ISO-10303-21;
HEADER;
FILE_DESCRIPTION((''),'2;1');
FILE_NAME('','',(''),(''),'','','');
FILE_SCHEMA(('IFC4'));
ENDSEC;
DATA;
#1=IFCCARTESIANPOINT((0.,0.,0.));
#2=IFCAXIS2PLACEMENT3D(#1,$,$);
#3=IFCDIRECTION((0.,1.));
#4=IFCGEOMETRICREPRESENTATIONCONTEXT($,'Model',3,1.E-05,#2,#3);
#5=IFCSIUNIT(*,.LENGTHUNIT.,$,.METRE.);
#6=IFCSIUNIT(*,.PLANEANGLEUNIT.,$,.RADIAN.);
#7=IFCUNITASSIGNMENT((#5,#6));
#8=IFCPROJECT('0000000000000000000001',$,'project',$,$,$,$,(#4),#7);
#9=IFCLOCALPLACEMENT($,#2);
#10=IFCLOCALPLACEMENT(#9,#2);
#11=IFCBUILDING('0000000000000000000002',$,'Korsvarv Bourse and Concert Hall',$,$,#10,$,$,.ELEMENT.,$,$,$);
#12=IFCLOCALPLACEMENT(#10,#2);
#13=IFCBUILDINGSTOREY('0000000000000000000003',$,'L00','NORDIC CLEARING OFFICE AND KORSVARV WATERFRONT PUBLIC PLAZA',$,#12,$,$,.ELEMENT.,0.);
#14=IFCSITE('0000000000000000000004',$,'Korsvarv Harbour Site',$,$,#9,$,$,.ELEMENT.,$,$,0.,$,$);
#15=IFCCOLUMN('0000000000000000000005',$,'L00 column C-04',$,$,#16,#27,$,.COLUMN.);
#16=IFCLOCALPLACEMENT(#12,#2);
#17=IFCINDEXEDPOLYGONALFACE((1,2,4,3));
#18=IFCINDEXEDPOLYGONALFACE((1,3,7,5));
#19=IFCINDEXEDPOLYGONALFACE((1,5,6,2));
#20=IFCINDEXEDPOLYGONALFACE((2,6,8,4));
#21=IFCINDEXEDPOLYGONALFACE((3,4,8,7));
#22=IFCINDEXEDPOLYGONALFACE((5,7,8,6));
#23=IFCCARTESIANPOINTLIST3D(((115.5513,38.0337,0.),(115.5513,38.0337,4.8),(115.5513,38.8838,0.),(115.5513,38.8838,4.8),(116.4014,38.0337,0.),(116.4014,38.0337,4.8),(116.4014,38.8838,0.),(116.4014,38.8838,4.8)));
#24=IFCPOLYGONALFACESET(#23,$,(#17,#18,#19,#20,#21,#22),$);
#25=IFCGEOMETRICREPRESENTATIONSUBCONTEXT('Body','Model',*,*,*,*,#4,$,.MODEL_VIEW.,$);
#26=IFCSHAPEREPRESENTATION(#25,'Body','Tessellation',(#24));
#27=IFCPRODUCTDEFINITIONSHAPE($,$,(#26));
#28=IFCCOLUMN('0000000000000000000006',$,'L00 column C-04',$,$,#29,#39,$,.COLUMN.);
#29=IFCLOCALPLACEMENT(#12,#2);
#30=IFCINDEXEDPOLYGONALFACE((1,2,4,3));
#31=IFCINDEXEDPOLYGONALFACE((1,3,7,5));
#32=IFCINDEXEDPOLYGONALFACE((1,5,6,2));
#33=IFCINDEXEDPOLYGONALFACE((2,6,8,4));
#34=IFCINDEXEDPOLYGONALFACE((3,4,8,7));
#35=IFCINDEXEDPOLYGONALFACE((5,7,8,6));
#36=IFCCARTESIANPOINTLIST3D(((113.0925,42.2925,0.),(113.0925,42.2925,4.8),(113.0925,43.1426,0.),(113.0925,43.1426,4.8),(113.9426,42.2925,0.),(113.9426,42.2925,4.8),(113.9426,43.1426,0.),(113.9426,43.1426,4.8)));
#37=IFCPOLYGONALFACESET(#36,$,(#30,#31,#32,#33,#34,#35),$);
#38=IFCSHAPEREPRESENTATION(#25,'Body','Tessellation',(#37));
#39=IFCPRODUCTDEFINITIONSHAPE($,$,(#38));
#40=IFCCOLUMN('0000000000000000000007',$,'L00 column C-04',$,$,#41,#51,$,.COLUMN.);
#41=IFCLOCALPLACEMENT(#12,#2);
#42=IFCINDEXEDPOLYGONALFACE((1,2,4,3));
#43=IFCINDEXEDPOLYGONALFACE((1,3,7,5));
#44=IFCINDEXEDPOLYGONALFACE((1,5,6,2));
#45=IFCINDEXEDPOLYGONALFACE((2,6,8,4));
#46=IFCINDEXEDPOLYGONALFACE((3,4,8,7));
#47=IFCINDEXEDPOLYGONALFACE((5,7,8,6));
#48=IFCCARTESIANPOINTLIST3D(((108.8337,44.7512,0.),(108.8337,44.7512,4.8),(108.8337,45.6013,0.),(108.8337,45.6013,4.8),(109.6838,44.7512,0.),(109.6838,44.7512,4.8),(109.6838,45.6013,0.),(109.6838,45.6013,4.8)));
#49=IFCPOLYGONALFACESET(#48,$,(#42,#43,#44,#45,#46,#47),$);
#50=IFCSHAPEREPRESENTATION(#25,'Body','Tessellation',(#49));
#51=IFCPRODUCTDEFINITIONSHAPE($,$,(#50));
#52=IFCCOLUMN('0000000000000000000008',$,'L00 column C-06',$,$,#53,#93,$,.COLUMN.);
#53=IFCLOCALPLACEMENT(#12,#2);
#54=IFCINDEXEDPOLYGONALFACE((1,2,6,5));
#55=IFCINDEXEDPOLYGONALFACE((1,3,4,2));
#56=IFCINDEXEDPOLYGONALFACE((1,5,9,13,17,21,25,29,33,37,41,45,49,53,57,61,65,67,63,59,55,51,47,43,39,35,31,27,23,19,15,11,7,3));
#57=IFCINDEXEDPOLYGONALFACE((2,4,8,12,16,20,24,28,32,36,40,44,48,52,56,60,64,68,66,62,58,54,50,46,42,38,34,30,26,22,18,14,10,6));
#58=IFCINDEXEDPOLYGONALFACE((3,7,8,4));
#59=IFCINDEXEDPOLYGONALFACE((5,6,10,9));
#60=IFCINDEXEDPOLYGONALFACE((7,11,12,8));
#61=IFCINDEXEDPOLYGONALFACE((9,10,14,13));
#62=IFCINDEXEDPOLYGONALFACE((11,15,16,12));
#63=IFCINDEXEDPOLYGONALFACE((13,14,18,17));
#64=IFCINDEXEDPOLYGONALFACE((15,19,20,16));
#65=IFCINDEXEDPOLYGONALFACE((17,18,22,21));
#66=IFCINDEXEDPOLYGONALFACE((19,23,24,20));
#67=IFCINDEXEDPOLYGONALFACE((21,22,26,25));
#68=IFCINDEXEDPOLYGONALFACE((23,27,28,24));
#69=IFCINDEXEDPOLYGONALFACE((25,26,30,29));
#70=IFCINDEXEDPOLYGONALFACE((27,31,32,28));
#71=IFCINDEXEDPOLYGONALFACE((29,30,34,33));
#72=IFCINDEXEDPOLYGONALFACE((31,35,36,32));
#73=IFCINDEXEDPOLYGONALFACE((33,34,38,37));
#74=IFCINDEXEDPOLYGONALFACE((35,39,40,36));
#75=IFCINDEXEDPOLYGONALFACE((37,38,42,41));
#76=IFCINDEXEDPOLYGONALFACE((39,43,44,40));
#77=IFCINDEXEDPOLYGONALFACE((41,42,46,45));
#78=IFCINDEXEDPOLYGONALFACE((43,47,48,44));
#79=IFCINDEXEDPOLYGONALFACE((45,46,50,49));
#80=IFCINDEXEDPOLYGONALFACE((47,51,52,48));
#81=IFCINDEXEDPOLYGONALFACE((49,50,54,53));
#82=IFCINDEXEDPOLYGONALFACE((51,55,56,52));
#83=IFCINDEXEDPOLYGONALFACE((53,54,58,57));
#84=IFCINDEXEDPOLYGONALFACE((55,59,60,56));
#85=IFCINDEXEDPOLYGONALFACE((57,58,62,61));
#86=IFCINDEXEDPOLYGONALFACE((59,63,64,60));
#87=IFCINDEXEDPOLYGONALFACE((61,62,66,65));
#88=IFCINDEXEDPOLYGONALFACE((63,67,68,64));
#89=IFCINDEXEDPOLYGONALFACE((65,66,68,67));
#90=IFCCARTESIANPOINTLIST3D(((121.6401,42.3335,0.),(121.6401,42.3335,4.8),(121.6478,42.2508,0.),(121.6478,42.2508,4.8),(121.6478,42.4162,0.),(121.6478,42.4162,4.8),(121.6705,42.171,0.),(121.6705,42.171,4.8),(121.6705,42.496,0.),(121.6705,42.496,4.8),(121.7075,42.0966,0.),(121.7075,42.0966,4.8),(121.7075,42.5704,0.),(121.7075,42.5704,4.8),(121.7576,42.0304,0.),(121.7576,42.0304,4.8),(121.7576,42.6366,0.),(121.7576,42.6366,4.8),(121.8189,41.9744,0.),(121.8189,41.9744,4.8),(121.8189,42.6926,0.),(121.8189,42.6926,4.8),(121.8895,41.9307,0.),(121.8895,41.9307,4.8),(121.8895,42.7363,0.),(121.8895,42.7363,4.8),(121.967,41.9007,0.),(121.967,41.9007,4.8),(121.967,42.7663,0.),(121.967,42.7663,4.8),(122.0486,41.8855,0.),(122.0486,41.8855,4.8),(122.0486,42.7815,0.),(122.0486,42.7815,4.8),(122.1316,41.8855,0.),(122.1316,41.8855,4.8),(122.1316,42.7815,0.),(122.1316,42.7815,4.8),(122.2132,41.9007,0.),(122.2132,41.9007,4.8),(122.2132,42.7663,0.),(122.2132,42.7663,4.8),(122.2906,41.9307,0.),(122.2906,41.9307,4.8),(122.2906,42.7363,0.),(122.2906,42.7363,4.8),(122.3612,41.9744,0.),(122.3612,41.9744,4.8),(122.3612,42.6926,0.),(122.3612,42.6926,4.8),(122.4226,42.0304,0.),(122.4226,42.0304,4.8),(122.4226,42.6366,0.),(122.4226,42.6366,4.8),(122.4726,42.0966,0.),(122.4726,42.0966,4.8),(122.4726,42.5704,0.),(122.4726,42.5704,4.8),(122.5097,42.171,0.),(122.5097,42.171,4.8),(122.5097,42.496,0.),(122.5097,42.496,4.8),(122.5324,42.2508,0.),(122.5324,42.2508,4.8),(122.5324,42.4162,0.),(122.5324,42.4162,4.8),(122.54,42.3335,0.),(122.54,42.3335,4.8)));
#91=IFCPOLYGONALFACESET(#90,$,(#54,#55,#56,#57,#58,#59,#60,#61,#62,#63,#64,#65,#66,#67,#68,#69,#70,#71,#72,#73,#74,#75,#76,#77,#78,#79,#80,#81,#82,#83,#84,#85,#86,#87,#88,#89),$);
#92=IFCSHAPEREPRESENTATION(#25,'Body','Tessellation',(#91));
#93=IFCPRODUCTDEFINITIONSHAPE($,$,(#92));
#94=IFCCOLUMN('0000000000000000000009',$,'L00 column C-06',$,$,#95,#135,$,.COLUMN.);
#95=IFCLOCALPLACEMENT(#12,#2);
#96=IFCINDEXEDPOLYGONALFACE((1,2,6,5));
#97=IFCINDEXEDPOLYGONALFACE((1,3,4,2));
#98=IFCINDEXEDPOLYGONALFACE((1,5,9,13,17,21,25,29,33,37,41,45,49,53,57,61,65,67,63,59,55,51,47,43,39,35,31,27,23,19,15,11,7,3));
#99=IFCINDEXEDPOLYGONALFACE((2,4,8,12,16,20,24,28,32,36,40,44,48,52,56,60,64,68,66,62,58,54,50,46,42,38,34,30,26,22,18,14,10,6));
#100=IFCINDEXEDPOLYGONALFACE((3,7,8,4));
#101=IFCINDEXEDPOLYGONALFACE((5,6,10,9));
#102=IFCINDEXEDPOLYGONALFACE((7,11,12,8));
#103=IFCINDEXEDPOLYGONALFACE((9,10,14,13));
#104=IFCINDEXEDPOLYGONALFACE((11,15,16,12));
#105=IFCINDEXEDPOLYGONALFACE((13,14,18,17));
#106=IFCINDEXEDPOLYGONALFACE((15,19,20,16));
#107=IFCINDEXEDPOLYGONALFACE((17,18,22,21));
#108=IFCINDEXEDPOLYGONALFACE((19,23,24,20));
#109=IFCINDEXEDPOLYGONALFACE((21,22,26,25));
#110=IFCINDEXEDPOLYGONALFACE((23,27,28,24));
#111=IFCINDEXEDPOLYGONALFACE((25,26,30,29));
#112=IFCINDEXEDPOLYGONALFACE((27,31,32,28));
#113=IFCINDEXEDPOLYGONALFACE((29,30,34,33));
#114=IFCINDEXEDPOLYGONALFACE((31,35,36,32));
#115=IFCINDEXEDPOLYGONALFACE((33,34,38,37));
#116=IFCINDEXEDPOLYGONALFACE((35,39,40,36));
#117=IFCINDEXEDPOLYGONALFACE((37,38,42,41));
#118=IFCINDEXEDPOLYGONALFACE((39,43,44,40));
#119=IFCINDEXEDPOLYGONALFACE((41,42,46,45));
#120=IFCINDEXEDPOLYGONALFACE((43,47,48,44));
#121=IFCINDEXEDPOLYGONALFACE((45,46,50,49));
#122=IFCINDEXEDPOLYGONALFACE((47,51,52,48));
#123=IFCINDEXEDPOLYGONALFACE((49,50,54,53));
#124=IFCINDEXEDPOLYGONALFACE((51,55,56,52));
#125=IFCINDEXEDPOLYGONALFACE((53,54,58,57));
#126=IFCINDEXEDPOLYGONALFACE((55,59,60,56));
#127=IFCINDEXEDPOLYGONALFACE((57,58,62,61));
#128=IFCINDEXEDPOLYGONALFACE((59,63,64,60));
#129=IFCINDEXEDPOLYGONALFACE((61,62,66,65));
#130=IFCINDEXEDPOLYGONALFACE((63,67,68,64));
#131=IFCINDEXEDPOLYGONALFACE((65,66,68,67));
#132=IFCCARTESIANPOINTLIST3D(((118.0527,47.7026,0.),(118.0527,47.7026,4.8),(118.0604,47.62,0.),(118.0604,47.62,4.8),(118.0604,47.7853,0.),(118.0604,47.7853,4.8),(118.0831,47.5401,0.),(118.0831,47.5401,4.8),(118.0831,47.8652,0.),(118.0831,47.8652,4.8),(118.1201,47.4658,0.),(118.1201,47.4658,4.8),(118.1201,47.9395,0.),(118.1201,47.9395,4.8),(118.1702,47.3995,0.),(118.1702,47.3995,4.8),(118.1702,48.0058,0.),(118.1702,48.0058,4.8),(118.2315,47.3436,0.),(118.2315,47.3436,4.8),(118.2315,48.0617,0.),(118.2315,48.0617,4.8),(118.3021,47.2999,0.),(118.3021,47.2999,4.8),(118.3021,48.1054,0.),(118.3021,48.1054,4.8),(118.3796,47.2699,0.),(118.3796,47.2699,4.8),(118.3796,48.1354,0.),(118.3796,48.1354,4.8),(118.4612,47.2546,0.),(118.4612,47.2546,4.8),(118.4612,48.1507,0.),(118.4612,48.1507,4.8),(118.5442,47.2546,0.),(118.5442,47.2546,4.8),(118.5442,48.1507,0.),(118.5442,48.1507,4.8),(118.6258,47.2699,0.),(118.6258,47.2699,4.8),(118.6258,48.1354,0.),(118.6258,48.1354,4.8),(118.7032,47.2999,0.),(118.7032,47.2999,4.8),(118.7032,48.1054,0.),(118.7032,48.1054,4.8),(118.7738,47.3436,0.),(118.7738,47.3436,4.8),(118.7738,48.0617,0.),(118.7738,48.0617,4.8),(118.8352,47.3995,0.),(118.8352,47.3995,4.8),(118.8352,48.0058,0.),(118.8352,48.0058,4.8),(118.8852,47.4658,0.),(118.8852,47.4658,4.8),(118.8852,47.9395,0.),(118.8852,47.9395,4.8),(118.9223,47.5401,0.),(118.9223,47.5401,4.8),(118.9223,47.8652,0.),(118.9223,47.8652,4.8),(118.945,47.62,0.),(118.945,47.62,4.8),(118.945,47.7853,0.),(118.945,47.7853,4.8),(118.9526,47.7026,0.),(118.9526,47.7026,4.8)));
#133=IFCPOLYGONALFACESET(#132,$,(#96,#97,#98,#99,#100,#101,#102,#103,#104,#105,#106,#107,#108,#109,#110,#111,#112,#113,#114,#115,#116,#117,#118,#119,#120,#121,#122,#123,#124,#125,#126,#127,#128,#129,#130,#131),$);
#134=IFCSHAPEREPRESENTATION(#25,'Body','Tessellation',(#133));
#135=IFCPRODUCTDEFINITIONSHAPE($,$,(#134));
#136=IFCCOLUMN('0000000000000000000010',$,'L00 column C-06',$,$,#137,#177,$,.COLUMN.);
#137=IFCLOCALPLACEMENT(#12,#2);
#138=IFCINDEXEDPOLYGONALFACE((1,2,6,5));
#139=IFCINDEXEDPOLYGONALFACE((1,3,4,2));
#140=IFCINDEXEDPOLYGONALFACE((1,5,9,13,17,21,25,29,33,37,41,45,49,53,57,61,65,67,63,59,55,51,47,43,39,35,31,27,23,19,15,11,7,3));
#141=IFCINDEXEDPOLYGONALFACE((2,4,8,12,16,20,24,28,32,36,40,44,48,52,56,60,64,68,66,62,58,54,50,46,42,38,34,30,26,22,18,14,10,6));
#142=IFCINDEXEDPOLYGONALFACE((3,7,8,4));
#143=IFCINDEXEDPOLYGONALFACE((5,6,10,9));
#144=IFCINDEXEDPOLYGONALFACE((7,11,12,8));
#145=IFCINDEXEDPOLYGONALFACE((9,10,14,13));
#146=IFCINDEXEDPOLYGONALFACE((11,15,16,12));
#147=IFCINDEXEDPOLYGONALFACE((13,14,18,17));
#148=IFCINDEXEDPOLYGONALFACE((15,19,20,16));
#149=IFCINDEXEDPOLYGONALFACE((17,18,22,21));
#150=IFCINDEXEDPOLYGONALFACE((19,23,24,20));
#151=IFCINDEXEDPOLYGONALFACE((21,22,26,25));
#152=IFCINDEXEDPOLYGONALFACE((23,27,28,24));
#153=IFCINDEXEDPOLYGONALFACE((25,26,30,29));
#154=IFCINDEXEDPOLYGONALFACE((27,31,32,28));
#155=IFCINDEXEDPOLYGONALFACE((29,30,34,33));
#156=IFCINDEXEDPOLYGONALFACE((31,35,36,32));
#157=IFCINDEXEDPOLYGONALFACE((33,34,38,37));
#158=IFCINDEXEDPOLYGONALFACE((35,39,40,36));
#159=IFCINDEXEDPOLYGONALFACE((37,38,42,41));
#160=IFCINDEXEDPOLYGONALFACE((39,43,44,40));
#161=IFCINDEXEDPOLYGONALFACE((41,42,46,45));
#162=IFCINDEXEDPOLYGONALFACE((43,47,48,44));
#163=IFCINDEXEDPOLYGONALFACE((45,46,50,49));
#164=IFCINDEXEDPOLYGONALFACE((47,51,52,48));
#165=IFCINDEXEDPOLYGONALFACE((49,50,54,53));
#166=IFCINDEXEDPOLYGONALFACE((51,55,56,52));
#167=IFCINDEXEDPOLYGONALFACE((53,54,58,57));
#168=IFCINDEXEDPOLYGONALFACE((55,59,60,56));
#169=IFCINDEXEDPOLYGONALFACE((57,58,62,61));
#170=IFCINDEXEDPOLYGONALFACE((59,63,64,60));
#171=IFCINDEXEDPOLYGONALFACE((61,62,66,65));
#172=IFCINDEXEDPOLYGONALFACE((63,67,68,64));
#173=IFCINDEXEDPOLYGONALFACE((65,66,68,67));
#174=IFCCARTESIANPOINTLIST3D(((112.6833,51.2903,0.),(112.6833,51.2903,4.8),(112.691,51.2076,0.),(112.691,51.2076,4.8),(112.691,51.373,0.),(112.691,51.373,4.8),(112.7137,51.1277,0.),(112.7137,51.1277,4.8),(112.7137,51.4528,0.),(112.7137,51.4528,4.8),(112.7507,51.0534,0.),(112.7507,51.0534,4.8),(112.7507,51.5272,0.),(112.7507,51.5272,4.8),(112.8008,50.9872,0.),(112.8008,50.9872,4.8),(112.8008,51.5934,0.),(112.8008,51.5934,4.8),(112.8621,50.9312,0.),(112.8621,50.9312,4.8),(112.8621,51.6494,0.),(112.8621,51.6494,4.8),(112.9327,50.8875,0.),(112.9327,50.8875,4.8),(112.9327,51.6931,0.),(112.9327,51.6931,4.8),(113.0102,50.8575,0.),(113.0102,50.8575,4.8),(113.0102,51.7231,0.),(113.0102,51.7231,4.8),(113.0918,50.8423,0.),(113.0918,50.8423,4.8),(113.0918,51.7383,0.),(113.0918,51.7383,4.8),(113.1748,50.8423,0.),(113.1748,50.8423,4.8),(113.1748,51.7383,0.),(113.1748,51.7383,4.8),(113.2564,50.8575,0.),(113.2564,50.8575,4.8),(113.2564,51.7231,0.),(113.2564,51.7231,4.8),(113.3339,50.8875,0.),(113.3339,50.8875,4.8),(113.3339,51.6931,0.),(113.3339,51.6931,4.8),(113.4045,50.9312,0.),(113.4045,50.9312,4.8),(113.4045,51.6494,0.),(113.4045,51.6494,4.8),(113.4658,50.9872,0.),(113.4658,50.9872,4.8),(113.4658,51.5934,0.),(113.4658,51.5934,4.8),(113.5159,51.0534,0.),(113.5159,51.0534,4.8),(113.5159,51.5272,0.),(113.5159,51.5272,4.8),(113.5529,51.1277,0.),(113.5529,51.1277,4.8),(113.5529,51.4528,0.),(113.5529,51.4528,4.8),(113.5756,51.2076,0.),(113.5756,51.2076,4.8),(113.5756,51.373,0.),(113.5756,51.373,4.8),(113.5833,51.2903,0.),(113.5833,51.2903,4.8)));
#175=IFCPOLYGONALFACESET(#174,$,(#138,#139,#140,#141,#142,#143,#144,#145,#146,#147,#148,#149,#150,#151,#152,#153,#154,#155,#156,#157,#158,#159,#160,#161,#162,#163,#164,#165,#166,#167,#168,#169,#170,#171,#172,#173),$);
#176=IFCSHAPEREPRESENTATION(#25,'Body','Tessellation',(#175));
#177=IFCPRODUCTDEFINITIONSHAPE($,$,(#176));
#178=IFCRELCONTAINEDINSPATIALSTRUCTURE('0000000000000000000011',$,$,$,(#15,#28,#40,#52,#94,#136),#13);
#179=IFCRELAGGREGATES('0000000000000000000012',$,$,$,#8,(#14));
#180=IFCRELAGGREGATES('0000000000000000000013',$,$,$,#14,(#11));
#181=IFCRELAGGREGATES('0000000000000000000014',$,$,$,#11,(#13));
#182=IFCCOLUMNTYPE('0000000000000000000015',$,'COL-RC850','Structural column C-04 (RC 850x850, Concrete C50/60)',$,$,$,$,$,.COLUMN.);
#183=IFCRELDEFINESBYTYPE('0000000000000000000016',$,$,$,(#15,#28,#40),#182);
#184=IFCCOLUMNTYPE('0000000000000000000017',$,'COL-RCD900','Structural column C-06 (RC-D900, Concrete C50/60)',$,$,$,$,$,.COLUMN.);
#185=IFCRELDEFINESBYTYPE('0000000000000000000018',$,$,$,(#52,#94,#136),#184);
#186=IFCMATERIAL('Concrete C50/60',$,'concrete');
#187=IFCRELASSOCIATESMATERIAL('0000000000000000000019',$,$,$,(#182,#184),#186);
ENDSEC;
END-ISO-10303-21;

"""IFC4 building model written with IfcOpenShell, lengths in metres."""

from ifc_helpers import new_model, si_unit, direction, frame, origin, origin_2d, place, context, subcontext, project, spatial, rectangle, circle, extrude, source, transform, mapped, material, material_profile, profile_set, type_object, element, save


model = new_model("IFC4")

# Units and contexts
model_context = context("Model", 3, precision=1e-05, world=origin(), true_north=direction((0.0, 1.0)))
body_context = subcontext(model_context, "Body", "Model", "MODEL_VIEW")
ifc_project = project(units=[si_unit("LENGTHUNIT", "METRE"), si_unit("PLANEANGLEUNIT", "RADIAN")], contexts=[model_context])

# Site, building, storey
site_placement = place(None, origin())
site = spatial("IfcSite", under=ifc_project, at=site_placement, Name="Korsvarv Harbour Site", CompositionType="ELEMENT", RefElevation=0.0)
building_placement = place(site_placement, origin())
building = spatial("IfcBuilding", under=site, at=building_placement, Name="Korsvarv Bourse and Concert Hall", CompositionType="ELEMENT")
storey_placement = place(building_placement, origin())
storey = spatial("IfcBuildingStorey", under=building, at=storey_placement, Name="L00", Description="NORDIC CLEARING OFFICE AND KORSVARV WATERFRONT PUBLIC PLAZA", CompositionType="ELEMENT", Elevation=0.0)

# Columns
ifc_material_1 = material(Name="Concrete C50/60", Category="concrete")
ifc_material_profile_1 = material_profile(ifc_material_1, rectangle(XDim=0.8501, YDim=0.8501, at=origin_2d()), Name="RC 850x850")
ifc_profile_set_1 = profile_set([ifc_material_profile_1], Name="Concrete C50/60")
column_type_1 = type_object("IfcColumnType", Name="COL-RC850", Description="Structural column C-04 (RC 850x850, Concrete C50/60)", PredefinedType="COLUMN", material=ifc_profile_set_1)
shared_shape_1 = source(origin(), body_context, "Body", "SweptSolid", [
    extrude(rectangle(XDim=0.8501, YDim=0.8501, at=origin_2d()), origin(), (0.0, 0.0, 1.0), 4.8),
])
for number, where, z_axis, x_axis, name in (
    (1, (115.9763, 38.4587, 0.0), (0.0, 0.0, 1.0), (1.0, 0.0, 0.0), "L00 column C-04"),
    (2, (113.5176, 42.7175, 0.0), (0.0, 0.0, 1.0), (1.0, 0.0, 0.0), "L00 column C-04"),
    (3, (109.2588, 45.1763, 0.0), (0.0, 0.0, 1.0), (1.0, 0.0, 0.0), "L00 column C-04"),
):
    element("IfcColumn", number, at=place(storey_placement, frame(where, z_axis=z_axis, x_axis=x_axis)), inside=storey, type_object=column_type_1, Name=name, PredefinedType="COLUMN", context=body_context, shape_type="MappedRepresentation", body=[
        mapped(shared_shape_1, transform((0.0, 0.0, 0.0), scale=1.0)),
    ])
ifc_material_profile_2 = material_profile(ifc_material_1, circle(Radius=0.45, at=origin_2d()), Name="RC-D900")
ifc_profile_set_2 = profile_set([ifc_material_profile_2], Name="Concrete C50/60")
column_type_2 = type_object("IfcColumnType", Name="COL-RCD900", Description="Structural column C-06 (RC-D900, Concrete C50/60)", PredefinedType="COLUMN", material=ifc_profile_set_2)
shared_shape_2 = source(origin(), body_context, "Body", "SweptSolid", [
    extrude(circle(Radius=0.45, at=origin_2d()), origin(), (0.0, 0.0, 1.0), 4.8),
])
for number, where, z_axis, x_axis, name in (
    (4, (122.0901, 42.3335, 0.0), (0.0, 0.0, 1.0), (1.0, 0.0, 0.0), "L00 column C-06"),
    (5, (118.5027, 47.7026, 0.0), (0.0, 0.0, 1.0), (1.0, 0.0, 0.0), "L00 column C-06"),
    (6, (113.1333, 51.2903, 0.0), (0.0, 0.0, 1.0), (1.0, 0.0, 0.0), "L00 column C-06"),
):
    element("IfcColumn", number, at=place(storey_placement, frame(where, z_axis=z_axis, x_axis=x_axis)), inside=storey, type_object=column_type_2, Name=name, PredefinedType="COLUMN", context=body_context, shape_type="MappedRepresentation", body=[
        mapped(shared_shape_2, transform((0.0, 0.0, 0.0), scale=1.0)),
    ])

save(model, "model.ifc")
